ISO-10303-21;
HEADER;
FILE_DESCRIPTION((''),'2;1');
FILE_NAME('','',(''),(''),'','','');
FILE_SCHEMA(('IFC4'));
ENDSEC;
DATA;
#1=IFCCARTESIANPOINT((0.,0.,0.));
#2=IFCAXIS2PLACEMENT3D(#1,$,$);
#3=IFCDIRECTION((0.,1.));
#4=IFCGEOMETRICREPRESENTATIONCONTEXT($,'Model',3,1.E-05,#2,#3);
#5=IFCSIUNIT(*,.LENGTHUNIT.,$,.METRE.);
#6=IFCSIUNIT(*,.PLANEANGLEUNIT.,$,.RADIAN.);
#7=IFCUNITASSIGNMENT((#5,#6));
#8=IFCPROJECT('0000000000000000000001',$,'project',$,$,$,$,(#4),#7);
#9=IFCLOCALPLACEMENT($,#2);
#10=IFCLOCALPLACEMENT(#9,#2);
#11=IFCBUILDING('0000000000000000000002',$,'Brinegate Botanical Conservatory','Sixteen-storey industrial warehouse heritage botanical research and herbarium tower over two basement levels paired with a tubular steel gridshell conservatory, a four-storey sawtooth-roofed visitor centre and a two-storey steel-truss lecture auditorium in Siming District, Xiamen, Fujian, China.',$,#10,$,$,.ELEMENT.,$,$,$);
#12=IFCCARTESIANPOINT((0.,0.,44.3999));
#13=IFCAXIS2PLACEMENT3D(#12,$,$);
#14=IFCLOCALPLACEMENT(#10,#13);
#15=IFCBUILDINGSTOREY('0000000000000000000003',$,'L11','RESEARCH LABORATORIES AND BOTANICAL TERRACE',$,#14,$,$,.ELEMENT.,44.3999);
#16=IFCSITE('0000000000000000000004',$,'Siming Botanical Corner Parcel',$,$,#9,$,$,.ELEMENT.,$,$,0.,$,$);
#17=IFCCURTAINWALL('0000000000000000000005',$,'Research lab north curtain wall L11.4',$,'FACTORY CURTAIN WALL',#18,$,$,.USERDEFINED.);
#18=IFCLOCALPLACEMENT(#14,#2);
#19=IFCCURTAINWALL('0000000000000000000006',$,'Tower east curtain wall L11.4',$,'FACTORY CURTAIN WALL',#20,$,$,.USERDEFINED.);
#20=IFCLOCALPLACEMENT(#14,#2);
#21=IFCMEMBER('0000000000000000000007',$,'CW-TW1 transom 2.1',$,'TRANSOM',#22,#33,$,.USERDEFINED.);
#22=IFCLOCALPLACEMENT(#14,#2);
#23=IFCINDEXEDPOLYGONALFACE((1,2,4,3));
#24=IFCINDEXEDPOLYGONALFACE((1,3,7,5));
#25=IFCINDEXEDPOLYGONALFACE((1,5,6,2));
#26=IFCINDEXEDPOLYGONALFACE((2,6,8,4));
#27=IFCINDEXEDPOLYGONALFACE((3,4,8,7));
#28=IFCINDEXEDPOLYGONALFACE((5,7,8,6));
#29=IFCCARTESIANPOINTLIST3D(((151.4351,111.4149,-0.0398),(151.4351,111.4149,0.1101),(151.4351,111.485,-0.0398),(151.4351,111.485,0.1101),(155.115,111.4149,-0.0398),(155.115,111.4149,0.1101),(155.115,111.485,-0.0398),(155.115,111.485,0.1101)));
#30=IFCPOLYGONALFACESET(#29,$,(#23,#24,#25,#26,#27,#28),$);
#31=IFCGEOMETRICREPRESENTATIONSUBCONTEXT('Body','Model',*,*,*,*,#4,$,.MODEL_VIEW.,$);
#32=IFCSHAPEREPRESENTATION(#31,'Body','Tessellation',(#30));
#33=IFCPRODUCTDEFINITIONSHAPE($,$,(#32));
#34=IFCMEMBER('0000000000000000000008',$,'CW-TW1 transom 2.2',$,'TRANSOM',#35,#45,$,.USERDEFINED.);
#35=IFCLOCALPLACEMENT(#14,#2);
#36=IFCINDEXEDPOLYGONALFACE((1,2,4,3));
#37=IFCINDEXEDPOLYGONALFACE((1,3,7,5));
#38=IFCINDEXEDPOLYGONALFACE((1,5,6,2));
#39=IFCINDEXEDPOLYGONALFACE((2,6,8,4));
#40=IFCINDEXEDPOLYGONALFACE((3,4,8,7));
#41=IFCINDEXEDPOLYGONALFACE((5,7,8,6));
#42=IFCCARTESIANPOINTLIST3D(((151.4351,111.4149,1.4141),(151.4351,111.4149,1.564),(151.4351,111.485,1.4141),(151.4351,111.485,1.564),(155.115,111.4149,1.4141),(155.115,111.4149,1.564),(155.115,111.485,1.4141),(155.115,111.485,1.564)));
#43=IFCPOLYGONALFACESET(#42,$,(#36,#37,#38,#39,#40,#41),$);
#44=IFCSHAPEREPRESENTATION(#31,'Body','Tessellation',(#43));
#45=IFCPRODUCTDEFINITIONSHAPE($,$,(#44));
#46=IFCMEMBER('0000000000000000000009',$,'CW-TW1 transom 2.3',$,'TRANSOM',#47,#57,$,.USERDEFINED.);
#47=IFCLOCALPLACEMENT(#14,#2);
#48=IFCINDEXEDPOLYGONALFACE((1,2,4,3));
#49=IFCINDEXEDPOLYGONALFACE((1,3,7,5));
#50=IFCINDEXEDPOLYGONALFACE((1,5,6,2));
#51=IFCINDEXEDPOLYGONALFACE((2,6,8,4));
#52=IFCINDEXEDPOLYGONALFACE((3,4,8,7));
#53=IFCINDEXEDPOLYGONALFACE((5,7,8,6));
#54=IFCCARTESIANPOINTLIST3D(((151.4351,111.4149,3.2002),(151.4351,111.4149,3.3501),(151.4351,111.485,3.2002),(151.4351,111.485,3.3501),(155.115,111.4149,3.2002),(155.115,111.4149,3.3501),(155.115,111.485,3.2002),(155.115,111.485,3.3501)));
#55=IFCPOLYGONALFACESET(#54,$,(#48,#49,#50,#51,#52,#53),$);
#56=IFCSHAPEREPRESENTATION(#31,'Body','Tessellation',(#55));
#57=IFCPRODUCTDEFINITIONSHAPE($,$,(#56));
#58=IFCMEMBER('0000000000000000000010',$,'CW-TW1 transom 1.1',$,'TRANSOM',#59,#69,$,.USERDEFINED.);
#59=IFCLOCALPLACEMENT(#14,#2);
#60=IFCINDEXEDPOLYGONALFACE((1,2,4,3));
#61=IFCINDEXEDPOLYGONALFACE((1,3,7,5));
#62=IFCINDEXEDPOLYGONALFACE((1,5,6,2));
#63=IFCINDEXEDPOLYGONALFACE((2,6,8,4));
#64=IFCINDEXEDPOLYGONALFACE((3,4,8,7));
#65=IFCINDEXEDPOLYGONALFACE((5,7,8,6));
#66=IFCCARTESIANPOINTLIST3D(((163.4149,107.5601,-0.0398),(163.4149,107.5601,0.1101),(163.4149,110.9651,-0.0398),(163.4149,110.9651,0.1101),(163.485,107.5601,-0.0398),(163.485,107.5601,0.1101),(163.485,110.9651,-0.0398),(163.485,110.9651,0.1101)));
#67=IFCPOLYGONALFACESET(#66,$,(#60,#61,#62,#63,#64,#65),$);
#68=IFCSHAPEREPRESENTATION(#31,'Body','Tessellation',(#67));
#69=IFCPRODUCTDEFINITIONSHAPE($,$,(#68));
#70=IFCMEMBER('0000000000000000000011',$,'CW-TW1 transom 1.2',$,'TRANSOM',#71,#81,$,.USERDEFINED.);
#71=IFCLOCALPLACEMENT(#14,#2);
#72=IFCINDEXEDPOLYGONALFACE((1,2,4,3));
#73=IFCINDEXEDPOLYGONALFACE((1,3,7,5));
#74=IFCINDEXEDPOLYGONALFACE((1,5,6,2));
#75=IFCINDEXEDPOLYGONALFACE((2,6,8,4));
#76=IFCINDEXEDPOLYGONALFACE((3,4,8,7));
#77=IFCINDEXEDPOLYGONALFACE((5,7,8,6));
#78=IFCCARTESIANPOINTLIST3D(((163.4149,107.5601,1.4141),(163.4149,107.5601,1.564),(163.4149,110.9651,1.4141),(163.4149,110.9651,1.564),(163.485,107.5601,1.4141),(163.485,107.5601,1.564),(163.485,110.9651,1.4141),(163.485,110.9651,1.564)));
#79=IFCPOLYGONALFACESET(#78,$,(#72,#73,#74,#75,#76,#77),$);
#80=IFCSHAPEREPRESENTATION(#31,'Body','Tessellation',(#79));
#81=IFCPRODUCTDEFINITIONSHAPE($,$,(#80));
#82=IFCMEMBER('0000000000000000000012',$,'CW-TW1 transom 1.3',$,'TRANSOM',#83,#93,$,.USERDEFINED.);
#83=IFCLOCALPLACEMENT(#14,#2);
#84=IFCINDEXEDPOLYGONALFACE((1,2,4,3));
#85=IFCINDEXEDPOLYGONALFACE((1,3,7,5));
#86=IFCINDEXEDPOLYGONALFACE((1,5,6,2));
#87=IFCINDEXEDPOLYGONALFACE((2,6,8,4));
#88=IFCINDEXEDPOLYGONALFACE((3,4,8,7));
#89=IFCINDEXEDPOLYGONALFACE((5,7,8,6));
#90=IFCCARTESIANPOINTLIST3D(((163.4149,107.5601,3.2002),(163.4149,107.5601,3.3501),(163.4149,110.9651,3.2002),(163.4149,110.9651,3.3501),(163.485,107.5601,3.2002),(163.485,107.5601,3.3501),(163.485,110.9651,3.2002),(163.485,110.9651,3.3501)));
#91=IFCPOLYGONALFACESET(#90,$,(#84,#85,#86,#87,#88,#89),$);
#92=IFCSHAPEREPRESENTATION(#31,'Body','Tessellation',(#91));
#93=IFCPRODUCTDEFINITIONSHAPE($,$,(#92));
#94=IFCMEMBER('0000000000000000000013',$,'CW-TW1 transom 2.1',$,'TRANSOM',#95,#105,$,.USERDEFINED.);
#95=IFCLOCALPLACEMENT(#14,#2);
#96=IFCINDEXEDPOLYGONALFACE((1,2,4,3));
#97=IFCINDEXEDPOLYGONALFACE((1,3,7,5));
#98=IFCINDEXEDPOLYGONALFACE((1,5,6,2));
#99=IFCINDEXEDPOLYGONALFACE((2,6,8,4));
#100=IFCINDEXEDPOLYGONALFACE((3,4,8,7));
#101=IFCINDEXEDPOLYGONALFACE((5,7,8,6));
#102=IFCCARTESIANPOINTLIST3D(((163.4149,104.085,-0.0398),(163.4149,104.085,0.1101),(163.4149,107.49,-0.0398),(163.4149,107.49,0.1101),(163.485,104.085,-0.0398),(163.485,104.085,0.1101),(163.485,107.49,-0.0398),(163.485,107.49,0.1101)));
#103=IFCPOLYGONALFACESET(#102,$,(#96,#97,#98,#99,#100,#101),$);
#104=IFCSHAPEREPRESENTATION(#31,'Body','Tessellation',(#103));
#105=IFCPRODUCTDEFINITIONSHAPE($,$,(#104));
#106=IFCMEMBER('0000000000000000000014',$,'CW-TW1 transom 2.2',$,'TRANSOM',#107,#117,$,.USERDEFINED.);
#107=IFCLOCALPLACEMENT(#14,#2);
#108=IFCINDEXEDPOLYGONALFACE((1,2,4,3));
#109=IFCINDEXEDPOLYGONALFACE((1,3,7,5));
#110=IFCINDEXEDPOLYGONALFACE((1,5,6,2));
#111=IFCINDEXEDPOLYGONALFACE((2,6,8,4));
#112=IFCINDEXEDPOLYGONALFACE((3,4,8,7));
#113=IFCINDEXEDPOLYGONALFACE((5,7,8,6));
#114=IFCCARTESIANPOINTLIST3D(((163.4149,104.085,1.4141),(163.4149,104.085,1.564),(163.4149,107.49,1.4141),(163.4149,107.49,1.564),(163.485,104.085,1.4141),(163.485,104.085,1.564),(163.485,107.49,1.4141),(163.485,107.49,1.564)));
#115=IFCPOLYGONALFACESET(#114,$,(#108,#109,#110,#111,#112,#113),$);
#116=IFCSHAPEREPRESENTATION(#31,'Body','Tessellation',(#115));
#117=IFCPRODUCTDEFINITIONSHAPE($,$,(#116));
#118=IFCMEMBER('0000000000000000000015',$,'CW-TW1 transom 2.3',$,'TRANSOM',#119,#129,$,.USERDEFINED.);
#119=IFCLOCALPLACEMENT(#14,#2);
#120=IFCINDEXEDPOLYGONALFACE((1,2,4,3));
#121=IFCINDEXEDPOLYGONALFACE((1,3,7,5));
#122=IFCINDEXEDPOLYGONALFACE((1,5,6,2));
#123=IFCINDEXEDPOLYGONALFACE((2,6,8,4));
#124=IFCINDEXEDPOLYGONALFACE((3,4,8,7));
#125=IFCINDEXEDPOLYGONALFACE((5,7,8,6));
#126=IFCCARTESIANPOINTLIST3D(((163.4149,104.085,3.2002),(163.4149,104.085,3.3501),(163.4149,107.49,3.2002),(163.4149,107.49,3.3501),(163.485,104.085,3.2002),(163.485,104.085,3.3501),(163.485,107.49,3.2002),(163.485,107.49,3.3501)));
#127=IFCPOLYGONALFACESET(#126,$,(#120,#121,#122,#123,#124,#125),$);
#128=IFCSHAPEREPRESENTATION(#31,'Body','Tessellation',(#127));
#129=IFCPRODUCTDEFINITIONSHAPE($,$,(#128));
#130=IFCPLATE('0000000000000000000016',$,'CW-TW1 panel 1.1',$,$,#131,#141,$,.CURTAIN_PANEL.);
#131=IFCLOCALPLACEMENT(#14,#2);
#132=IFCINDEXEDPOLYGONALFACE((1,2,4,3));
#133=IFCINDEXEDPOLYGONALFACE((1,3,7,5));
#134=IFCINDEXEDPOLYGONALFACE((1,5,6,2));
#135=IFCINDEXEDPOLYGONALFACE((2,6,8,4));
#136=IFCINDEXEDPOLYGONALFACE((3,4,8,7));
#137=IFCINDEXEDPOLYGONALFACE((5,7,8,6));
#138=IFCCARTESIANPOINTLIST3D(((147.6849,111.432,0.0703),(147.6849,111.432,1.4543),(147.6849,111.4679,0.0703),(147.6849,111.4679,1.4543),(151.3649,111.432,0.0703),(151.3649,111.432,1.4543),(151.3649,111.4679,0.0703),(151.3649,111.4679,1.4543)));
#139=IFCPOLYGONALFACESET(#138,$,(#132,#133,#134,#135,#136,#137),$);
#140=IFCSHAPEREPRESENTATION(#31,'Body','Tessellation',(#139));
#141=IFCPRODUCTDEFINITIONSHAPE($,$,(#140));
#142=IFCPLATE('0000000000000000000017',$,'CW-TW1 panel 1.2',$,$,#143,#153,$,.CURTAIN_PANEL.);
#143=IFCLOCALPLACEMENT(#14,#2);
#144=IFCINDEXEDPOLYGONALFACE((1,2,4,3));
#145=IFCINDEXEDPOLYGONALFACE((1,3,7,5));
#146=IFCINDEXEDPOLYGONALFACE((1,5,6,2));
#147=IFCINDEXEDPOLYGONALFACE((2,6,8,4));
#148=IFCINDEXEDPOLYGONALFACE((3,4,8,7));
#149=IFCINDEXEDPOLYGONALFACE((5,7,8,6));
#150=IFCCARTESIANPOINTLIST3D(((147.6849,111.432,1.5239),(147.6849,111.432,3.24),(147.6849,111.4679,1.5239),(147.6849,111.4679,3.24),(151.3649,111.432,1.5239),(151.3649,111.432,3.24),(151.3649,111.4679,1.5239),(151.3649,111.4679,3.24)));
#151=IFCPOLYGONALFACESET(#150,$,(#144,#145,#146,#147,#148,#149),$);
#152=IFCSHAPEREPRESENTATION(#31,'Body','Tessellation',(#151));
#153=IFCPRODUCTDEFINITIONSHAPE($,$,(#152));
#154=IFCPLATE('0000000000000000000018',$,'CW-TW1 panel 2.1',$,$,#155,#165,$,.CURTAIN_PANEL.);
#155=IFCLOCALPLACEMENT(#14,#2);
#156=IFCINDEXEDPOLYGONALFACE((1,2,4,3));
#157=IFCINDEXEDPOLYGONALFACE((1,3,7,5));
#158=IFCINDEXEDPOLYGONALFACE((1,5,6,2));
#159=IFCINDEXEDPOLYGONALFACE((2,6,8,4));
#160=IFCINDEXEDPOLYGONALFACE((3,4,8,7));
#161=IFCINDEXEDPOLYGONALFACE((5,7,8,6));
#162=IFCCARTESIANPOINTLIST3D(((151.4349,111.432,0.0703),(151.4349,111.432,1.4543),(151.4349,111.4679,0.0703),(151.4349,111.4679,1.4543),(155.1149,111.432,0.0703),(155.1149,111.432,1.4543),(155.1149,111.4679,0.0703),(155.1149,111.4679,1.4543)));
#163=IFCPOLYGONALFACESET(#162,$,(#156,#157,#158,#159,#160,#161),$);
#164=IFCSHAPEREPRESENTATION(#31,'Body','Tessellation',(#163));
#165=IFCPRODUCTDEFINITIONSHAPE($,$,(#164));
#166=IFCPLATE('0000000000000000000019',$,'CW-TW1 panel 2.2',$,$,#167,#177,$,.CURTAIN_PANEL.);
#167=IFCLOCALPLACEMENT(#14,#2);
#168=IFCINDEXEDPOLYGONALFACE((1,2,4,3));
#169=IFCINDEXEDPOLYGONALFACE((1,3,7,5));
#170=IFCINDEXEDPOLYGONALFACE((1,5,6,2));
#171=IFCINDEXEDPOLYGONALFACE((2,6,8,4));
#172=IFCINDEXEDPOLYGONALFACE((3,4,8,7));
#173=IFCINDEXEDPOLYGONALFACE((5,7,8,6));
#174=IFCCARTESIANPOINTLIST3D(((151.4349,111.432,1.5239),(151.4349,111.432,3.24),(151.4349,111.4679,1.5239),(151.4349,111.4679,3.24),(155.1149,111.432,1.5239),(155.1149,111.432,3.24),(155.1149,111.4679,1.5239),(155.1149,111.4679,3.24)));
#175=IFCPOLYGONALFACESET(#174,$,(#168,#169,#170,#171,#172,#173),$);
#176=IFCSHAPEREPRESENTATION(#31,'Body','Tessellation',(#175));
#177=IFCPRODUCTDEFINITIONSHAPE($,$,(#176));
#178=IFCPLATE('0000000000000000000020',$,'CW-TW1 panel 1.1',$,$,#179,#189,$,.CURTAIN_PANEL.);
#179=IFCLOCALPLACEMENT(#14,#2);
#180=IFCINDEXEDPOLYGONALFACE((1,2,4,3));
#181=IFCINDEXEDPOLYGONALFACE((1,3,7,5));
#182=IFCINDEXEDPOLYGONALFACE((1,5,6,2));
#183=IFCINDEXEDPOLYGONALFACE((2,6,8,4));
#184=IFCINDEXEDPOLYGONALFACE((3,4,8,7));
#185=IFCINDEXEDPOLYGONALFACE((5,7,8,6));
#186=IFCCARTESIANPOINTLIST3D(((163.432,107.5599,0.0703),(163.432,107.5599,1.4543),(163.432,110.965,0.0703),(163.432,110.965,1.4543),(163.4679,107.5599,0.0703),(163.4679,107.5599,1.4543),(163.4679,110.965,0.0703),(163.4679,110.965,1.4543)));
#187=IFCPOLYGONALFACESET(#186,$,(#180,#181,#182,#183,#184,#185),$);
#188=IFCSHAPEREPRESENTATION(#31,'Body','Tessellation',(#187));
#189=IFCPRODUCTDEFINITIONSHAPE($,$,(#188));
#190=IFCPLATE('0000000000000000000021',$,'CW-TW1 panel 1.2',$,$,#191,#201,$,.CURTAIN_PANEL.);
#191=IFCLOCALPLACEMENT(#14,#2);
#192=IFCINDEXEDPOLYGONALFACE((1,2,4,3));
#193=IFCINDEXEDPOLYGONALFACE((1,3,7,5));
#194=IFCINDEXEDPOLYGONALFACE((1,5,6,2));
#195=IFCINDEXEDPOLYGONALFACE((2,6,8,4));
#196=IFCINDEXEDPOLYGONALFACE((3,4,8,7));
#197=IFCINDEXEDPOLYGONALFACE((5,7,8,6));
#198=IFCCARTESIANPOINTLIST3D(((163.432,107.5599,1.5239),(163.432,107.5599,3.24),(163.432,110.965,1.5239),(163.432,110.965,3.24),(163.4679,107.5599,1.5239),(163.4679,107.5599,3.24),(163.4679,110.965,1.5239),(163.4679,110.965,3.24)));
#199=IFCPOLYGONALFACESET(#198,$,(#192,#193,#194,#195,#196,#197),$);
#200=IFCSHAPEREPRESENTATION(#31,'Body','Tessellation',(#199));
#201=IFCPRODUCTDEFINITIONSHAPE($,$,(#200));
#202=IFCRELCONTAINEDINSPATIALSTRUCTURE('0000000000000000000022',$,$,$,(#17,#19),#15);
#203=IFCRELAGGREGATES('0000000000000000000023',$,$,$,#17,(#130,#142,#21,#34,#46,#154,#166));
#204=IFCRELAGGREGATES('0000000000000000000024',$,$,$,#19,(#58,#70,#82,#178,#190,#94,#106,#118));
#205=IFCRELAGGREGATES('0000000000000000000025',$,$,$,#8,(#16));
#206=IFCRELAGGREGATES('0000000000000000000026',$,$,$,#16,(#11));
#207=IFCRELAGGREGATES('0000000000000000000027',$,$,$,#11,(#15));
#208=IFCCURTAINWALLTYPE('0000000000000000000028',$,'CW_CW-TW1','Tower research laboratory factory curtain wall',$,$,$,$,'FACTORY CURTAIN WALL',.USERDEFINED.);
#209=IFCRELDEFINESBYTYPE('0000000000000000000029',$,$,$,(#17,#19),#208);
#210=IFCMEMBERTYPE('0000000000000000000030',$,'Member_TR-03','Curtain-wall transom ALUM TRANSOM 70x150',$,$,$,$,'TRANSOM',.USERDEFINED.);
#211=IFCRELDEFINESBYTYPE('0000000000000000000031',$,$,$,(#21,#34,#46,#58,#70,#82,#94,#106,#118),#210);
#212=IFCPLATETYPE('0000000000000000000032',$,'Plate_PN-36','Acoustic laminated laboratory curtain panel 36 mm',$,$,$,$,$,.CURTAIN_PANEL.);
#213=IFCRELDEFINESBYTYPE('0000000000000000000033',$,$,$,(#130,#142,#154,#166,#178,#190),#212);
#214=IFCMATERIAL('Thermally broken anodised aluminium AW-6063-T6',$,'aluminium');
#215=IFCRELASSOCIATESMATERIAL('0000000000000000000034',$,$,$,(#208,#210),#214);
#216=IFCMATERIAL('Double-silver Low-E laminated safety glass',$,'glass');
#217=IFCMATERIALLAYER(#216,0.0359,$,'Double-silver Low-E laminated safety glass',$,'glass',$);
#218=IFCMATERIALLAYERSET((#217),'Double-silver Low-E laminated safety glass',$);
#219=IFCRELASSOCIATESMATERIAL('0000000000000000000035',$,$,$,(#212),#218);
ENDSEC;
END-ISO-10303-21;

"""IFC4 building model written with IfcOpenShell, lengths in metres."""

from ifc_helpers import new_model, si_unit, direction, frame, origin, origin_2d, place, context, subcontext, project, spatial, rectangle, extrude, material, layer, layer_set, material_profile, profile_set, type_object, element, aggregate, save


model = new_model("IFC4")

# Units and contexts
model_context = context("Model", 3, precision=1e-05, world=origin(), true_north=direction((0.0, 1.0)))
body_context = subcontext(model_context, "Body", "Model", "MODEL_VIEW")
ifc_project = project(units=[si_unit("LENGTHUNIT", "METRE"), si_unit("PLANEANGLEUNIT", "RADIAN")], contexts=[model_context])

# Site, building, storey
site_placement = place(None, origin())
site = spatial("IfcSite", under=ifc_project, at=site_placement, Name="Siming Botanical Corner Parcel", CompositionType="ELEMENT", RefElevation=0.0)
building_placement = place(site_placement, origin())
building = spatial("IfcBuilding", under=site, at=building_placement, Name="Brinegate Botanical Conservatory", Description="Sixteen-storey industrial warehouse heritage botanical research and herbarium tower over two basement levels paired with a tubular steel gridshell conservatory, a four-storey sawtooth-roofed visitor centre and a two-storey steel-truss lecture auditorium in Siming District, Xiamen, Fujian, China.", CompositionType="ELEMENT")
storey_placement = place(building_placement, frame((0.0, 0.0, 44.3999)))
storey = spatial("IfcBuildingStorey", under=building, at=storey_placement, Name="L11", Description="RESEARCH LABORATORIES AND BOTANICAL TERRACE", CompositionType="ELEMENT", Elevation=44.3999)

# Curtain walls
ifc_material_1 = material(Name="Thermally broken anodised aluminium AW-6063-T6", Category="aluminium")
curtain_wall_type = type_object("IfcCurtainWallType", Name="CW_CW-TW1", Description="Tower research laboratory factory curtain wall", ElementType="FACTORY CURTAIN WALL", PredefinedType="USERDEFINED", material=ifc_material_1)
curtain_wall_1_placement = place(storey_placement, origin())
curtain_wall_1 = element("IfcCurtainWall", 1, at=curtain_wall_1_placement, inside=storey, type_object=curtain_wall_type, Name="Research lab north curtain wall L11.4", ObjectType="FACTORY CURTAIN WALL", PredefinedType="USERDEFINED")
curtain_wall_2_placement = place(storey_placement, origin())
curtain_wall_2 = element("IfcCurtainWall", 2, at=curtain_wall_2_placement, inside=storey, type_object=curtain_wall_type, Name="Tower east curtain wall L11.4", ObjectType="FACTORY CURTAIN WALL", PredefinedType="USERDEFINED")

# Members
ifc_material_profile_1 = material_profile(ifc_material_1, rectangle(XDim=0.0701, YDim=0.1499, at=origin_2d()), Name="ALUM TRANSOM 70x150")
ifc_profile_set_1 = profile_set([ifc_material_profile_1], Name="Thermally broken anodised aluminium AW-6063-T6")
member_type_1 = type_object("IfcMemberType", Name="Member_TR-03", Description="Curtain-wall transom ALUM TRANSOM 70x150", ElementType="TRANSOM", PredefinedType="USERDEFINED", material=ifc_profile_set_1)
member_1_placement = place(storey_placement, frame((151.4351, 111.45, 0.0352), z_axis=(1.0, 0.0, 0.0), x_axis=(0.0, 1.0, 0.0)))
member_1 = element("IfcMember", 3, at=member_1_placement, type_object=member_type_1, Name="CW-TW1 transom 2.1", ObjectType="TRANSOM", PredefinedType="USERDEFINED", context=body_context, shape_type="SweptSolid", body=[
    extrude(rectangle(XDim=0.0701, YDim=0.1499, at=origin_2d()), origin(), (0.0, 0.0, 1.0), 3.6799),
])
member_2_placement = place(storey_placement, frame((151.4351, 111.45, 1.489), z_axis=(1.0, 0.0, 0.0), x_axis=(0.0, 1.0, 0.0)))
member_2 = element("IfcMember", 4, at=member_2_placement, type_object=member_type_1, Name="CW-TW1 transom 2.2", ObjectType="TRANSOM", PredefinedType="USERDEFINED", context=body_context, shape_type="SweptSolid", body=[
    extrude(rectangle(XDim=0.0701, YDim=0.1499, at=origin_2d()), origin(), (0.0, 0.0, 1.0), 3.6799),
])
member_3_placement = place(storey_placement, frame((151.4351, 111.45, 3.2751), z_axis=(1.0, 0.0, 0.0), x_axis=(0.0, 1.0, 0.0)))
member_3 = element("IfcMember", 5, at=member_3_placement, type_object=member_type_1, Name="CW-TW1 transom 2.3", ObjectType="TRANSOM", PredefinedType="USERDEFINED", context=body_context, shape_type="SweptSolid", body=[
    extrude(rectangle(XDim=0.0701, YDim=0.1499, at=origin_2d()), origin(), (0.0, 0.0, 1.0), 3.6799),
])
member_4_placement = place(storey_placement, frame((163.45, 110.9651, 0.0352), z_axis=(0.0, -1.0, 0.0), x_axis=(1.0, 0.0, 0.0)))
member_4 = element("IfcMember", 6, at=member_4_placement, type_object=member_type_1, Name="CW-TW1 transom 1.1", ObjectType="TRANSOM", PredefinedType="USERDEFINED", context=body_context, shape_type="SweptSolid", body=[
    extrude(rectangle(XDim=0.0701, YDim=0.1499, at=origin_2d()), origin(), (0.0, 0.0, 1.0), 3.405),
])
member_5_placement = place(storey_placement, frame((163.45, 110.9651, 1.489), z_axis=(0.0, -1.0, 0.0), x_axis=(1.0, 0.0, 0.0)))
member_5 = element("IfcMember", 7, at=member_5_placement, type_object=member_type_1, Name="CW-TW1 transom 1.2", ObjectType="TRANSOM", PredefinedType="USERDEFINED", context=body_context, shape_type="SweptSolid", body=[
    extrude(rectangle(XDim=0.0701, YDim=0.1499, at=origin_2d()), origin(), (0.0, 0.0, 1.0), 3.405),
])
member_6_placement = place(storey_placement, frame((163.45, 110.9651, 3.2751), z_axis=(0.0, -1.0, 0.0), x_axis=(1.0, 0.0, 0.0)))
member_6 = element("IfcMember", 8, at=member_6_placement, type_object=member_type_1, Name="CW-TW1 transom 1.3", ObjectType="TRANSOM", PredefinedType="USERDEFINED", context=body_context, shape_type="SweptSolid", body=[
    extrude(rectangle(XDim=0.0701, YDim=0.1499, at=origin_2d()), origin(), (0.0, 0.0, 1.0), 3.405),
])
member_7_placement = place(storey_placement, frame((163.45, 107.49, 0.0352), z_axis=(0.0, -1.0, 0.0), x_axis=(1.0, 0.0, 0.0)))
member_7 = element("IfcMember", 9, at=member_7_placement, type_object=member_type_1, Name="CW-TW1 transom 2.1", ObjectType="TRANSOM", PredefinedType="USERDEFINED", context=body_context, shape_type="SweptSolid", body=[
    extrude(rectangle(XDim=0.0701, YDim=0.1499, at=origin_2d()), origin(), (0.0, 0.0, 1.0), 3.405),
])
member_8_placement = place(storey_placement, frame((163.45, 107.49, 1.489), z_axis=(0.0, -1.0, 0.0), x_axis=(1.0, 0.0, 0.0)))
member_8 = element("IfcMember", 10, at=member_8_placement, type_object=member_type_1, Name="CW-TW1 transom 2.2", ObjectType="TRANSOM", PredefinedType="USERDEFINED", context=body_context, shape_type="SweptSolid", body=[
    extrude(rectangle(XDim=0.0701, YDim=0.1499, at=origin_2d()), origin(), (0.0, 0.0, 1.0), 3.405),
])
member_9_placement = place(storey_placement, frame((163.45, 107.49, 3.2751), z_axis=(0.0, -1.0, 0.0), x_axis=(1.0, 0.0, 0.0)))
member_9 = element("IfcMember", 11, at=member_9_placement, type_object=member_type_1, Name="CW-TW1 transom 2.3", ObjectType="TRANSOM", PredefinedType="USERDEFINED", context=body_context, shape_type="SweptSolid", body=[
    extrude(rectangle(XDim=0.0701, YDim=0.1499, at=origin_2d()), origin(), (0.0, 0.0, 1.0), 3.405),
])

# Plates
ifc_material_2 = material(Name="Double-silver Low-E laminated safety glass", Category="glass")
ifc_layer_1 = layer(ifc_material_2, 0.0359, Name="Double-silver Low-E laminated safety glass", Category="glass")
ifc_layer_set_1 = layer_set([ifc_layer_1], Name="Double-silver Low-E laminated safety glass")
plate_type = type_object("IfcPlateType", Name="Plate_PN-36", Description="Acoustic laminated laboratory curtain panel 36 mm", PredefinedType="CURTAIN_PANEL", material=ifc_layer_set_1)
plate_1_placement = place(storey_placement, frame((149.5249, 111.45, 0.0703), z_axis=(0.0, 0.0, 1.0), x_axis=(1.0, 0.0, 0.0)))
plate_1 = element("IfcPlate", 12, at=plate_1_placement, type_object=plate_type, Name="CW-TW1 panel 1.1", PredefinedType="CURTAIN_PANEL", context=body_context, shape_type="SweptSolid", body=[
    extrude(rectangle(XDim=3.6799, YDim=0.0359, at=origin_2d()), origin(), (0.0, 0.0, 1.0), 1.384),
])
plate_2_placement = place(storey_placement, frame((149.5249, 111.45, 1.5239), z_axis=(0.0, 0.0, 1.0), x_axis=(1.0, 0.0, 0.0)))
plate_2 = element("IfcPlate", 13, at=plate_2_placement, type_object=plate_type, Name="CW-TW1 panel 1.2", PredefinedType="CURTAIN_PANEL", context=body_context, shape_type="SweptSolid", body=[
    extrude(rectangle(XDim=3.6799, YDim=0.0359, at=origin_2d()), origin(), (0.0, 0.0, 1.0), 1.7161),
])
plate_3_placement = place(storey_placement, frame((153.2749, 111.45, 0.0703), z_axis=(0.0, 0.0, 1.0), x_axis=(1.0, 0.0, 0.0)))
plate_3 = element("IfcPlate", 14, at=plate_3_placement, type_object=plate_type, Name="CW-TW1 panel 2.1", PredefinedType="CURTAIN_PANEL", context=body_context, shape_type="SweptSolid", body=[
    extrude(rectangle(XDim=3.6799, YDim=0.0359, at=origin_2d()), origin(), (0.0, 0.0, 1.0), 1.384),
])
plate_4_placement = place(storey_placement, frame((153.2749, 111.45, 1.5239), z_axis=(0.0, 0.0, 1.0), x_axis=(1.0, 0.0, 0.0)))
plate_4 = element("IfcPlate", 15, at=plate_4_placement, type_object=plate_type, Name="CW-TW1 panel 2.2", PredefinedType="CURTAIN_PANEL", context=body_context, shape_type="SweptSolid", body=[
    extrude(rectangle(XDim=3.6799, YDim=0.0359, at=origin_2d()), origin(), (0.0, 0.0, 1.0), 1.7161),
])
aggregate(curtain_wall_1, [plate_1, plate_2, member_1, member_2, member_3, plate_3, plate_4])
plate_5_placement = place(storey_placement, frame((163.45, 109.2625, 0.0703), z_axis=(0.0, 0.0, 1.0), x_axis=(0.0, -1.0, 0.0)))
plate_5 = element("IfcPlate", 16, at=plate_5_placement, type_object=plate_type, Name="CW-TW1 panel 1.1", PredefinedType="CURTAIN_PANEL", context=body_context, shape_type="SweptSolid", body=[
    extrude(rectangle(XDim=3.405, YDim=0.0359, at=origin_2d()), origin(), (0.0, 0.0, 1.0), 1.384),
])
plate_6_placement = place(storey_placement, frame((163.45, 109.2625, 1.5239), z_axis=(0.0, 0.0, 1.0), x_axis=(0.0, -1.0, 0.0)))
plate_6 = element("IfcPlate", 17, at=plate_6_placement, type_object=plate_type, Name="CW-TW1 panel 1.2", PredefinedType="CURTAIN_PANEL", context=body_context, shape_type="SweptSolid", body=[
    extrude(rectangle(XDim=3.405, YDim=0.0359, at=origin_2d()), origin(), (0.0, 0.0, 1.0), 1.7161),
])
aggregate(curtain_wall_2, [member_4, member_5, member_6, plate_5, plate_6, member_7, member_8, member_9])

save(model, "model.ifc")
